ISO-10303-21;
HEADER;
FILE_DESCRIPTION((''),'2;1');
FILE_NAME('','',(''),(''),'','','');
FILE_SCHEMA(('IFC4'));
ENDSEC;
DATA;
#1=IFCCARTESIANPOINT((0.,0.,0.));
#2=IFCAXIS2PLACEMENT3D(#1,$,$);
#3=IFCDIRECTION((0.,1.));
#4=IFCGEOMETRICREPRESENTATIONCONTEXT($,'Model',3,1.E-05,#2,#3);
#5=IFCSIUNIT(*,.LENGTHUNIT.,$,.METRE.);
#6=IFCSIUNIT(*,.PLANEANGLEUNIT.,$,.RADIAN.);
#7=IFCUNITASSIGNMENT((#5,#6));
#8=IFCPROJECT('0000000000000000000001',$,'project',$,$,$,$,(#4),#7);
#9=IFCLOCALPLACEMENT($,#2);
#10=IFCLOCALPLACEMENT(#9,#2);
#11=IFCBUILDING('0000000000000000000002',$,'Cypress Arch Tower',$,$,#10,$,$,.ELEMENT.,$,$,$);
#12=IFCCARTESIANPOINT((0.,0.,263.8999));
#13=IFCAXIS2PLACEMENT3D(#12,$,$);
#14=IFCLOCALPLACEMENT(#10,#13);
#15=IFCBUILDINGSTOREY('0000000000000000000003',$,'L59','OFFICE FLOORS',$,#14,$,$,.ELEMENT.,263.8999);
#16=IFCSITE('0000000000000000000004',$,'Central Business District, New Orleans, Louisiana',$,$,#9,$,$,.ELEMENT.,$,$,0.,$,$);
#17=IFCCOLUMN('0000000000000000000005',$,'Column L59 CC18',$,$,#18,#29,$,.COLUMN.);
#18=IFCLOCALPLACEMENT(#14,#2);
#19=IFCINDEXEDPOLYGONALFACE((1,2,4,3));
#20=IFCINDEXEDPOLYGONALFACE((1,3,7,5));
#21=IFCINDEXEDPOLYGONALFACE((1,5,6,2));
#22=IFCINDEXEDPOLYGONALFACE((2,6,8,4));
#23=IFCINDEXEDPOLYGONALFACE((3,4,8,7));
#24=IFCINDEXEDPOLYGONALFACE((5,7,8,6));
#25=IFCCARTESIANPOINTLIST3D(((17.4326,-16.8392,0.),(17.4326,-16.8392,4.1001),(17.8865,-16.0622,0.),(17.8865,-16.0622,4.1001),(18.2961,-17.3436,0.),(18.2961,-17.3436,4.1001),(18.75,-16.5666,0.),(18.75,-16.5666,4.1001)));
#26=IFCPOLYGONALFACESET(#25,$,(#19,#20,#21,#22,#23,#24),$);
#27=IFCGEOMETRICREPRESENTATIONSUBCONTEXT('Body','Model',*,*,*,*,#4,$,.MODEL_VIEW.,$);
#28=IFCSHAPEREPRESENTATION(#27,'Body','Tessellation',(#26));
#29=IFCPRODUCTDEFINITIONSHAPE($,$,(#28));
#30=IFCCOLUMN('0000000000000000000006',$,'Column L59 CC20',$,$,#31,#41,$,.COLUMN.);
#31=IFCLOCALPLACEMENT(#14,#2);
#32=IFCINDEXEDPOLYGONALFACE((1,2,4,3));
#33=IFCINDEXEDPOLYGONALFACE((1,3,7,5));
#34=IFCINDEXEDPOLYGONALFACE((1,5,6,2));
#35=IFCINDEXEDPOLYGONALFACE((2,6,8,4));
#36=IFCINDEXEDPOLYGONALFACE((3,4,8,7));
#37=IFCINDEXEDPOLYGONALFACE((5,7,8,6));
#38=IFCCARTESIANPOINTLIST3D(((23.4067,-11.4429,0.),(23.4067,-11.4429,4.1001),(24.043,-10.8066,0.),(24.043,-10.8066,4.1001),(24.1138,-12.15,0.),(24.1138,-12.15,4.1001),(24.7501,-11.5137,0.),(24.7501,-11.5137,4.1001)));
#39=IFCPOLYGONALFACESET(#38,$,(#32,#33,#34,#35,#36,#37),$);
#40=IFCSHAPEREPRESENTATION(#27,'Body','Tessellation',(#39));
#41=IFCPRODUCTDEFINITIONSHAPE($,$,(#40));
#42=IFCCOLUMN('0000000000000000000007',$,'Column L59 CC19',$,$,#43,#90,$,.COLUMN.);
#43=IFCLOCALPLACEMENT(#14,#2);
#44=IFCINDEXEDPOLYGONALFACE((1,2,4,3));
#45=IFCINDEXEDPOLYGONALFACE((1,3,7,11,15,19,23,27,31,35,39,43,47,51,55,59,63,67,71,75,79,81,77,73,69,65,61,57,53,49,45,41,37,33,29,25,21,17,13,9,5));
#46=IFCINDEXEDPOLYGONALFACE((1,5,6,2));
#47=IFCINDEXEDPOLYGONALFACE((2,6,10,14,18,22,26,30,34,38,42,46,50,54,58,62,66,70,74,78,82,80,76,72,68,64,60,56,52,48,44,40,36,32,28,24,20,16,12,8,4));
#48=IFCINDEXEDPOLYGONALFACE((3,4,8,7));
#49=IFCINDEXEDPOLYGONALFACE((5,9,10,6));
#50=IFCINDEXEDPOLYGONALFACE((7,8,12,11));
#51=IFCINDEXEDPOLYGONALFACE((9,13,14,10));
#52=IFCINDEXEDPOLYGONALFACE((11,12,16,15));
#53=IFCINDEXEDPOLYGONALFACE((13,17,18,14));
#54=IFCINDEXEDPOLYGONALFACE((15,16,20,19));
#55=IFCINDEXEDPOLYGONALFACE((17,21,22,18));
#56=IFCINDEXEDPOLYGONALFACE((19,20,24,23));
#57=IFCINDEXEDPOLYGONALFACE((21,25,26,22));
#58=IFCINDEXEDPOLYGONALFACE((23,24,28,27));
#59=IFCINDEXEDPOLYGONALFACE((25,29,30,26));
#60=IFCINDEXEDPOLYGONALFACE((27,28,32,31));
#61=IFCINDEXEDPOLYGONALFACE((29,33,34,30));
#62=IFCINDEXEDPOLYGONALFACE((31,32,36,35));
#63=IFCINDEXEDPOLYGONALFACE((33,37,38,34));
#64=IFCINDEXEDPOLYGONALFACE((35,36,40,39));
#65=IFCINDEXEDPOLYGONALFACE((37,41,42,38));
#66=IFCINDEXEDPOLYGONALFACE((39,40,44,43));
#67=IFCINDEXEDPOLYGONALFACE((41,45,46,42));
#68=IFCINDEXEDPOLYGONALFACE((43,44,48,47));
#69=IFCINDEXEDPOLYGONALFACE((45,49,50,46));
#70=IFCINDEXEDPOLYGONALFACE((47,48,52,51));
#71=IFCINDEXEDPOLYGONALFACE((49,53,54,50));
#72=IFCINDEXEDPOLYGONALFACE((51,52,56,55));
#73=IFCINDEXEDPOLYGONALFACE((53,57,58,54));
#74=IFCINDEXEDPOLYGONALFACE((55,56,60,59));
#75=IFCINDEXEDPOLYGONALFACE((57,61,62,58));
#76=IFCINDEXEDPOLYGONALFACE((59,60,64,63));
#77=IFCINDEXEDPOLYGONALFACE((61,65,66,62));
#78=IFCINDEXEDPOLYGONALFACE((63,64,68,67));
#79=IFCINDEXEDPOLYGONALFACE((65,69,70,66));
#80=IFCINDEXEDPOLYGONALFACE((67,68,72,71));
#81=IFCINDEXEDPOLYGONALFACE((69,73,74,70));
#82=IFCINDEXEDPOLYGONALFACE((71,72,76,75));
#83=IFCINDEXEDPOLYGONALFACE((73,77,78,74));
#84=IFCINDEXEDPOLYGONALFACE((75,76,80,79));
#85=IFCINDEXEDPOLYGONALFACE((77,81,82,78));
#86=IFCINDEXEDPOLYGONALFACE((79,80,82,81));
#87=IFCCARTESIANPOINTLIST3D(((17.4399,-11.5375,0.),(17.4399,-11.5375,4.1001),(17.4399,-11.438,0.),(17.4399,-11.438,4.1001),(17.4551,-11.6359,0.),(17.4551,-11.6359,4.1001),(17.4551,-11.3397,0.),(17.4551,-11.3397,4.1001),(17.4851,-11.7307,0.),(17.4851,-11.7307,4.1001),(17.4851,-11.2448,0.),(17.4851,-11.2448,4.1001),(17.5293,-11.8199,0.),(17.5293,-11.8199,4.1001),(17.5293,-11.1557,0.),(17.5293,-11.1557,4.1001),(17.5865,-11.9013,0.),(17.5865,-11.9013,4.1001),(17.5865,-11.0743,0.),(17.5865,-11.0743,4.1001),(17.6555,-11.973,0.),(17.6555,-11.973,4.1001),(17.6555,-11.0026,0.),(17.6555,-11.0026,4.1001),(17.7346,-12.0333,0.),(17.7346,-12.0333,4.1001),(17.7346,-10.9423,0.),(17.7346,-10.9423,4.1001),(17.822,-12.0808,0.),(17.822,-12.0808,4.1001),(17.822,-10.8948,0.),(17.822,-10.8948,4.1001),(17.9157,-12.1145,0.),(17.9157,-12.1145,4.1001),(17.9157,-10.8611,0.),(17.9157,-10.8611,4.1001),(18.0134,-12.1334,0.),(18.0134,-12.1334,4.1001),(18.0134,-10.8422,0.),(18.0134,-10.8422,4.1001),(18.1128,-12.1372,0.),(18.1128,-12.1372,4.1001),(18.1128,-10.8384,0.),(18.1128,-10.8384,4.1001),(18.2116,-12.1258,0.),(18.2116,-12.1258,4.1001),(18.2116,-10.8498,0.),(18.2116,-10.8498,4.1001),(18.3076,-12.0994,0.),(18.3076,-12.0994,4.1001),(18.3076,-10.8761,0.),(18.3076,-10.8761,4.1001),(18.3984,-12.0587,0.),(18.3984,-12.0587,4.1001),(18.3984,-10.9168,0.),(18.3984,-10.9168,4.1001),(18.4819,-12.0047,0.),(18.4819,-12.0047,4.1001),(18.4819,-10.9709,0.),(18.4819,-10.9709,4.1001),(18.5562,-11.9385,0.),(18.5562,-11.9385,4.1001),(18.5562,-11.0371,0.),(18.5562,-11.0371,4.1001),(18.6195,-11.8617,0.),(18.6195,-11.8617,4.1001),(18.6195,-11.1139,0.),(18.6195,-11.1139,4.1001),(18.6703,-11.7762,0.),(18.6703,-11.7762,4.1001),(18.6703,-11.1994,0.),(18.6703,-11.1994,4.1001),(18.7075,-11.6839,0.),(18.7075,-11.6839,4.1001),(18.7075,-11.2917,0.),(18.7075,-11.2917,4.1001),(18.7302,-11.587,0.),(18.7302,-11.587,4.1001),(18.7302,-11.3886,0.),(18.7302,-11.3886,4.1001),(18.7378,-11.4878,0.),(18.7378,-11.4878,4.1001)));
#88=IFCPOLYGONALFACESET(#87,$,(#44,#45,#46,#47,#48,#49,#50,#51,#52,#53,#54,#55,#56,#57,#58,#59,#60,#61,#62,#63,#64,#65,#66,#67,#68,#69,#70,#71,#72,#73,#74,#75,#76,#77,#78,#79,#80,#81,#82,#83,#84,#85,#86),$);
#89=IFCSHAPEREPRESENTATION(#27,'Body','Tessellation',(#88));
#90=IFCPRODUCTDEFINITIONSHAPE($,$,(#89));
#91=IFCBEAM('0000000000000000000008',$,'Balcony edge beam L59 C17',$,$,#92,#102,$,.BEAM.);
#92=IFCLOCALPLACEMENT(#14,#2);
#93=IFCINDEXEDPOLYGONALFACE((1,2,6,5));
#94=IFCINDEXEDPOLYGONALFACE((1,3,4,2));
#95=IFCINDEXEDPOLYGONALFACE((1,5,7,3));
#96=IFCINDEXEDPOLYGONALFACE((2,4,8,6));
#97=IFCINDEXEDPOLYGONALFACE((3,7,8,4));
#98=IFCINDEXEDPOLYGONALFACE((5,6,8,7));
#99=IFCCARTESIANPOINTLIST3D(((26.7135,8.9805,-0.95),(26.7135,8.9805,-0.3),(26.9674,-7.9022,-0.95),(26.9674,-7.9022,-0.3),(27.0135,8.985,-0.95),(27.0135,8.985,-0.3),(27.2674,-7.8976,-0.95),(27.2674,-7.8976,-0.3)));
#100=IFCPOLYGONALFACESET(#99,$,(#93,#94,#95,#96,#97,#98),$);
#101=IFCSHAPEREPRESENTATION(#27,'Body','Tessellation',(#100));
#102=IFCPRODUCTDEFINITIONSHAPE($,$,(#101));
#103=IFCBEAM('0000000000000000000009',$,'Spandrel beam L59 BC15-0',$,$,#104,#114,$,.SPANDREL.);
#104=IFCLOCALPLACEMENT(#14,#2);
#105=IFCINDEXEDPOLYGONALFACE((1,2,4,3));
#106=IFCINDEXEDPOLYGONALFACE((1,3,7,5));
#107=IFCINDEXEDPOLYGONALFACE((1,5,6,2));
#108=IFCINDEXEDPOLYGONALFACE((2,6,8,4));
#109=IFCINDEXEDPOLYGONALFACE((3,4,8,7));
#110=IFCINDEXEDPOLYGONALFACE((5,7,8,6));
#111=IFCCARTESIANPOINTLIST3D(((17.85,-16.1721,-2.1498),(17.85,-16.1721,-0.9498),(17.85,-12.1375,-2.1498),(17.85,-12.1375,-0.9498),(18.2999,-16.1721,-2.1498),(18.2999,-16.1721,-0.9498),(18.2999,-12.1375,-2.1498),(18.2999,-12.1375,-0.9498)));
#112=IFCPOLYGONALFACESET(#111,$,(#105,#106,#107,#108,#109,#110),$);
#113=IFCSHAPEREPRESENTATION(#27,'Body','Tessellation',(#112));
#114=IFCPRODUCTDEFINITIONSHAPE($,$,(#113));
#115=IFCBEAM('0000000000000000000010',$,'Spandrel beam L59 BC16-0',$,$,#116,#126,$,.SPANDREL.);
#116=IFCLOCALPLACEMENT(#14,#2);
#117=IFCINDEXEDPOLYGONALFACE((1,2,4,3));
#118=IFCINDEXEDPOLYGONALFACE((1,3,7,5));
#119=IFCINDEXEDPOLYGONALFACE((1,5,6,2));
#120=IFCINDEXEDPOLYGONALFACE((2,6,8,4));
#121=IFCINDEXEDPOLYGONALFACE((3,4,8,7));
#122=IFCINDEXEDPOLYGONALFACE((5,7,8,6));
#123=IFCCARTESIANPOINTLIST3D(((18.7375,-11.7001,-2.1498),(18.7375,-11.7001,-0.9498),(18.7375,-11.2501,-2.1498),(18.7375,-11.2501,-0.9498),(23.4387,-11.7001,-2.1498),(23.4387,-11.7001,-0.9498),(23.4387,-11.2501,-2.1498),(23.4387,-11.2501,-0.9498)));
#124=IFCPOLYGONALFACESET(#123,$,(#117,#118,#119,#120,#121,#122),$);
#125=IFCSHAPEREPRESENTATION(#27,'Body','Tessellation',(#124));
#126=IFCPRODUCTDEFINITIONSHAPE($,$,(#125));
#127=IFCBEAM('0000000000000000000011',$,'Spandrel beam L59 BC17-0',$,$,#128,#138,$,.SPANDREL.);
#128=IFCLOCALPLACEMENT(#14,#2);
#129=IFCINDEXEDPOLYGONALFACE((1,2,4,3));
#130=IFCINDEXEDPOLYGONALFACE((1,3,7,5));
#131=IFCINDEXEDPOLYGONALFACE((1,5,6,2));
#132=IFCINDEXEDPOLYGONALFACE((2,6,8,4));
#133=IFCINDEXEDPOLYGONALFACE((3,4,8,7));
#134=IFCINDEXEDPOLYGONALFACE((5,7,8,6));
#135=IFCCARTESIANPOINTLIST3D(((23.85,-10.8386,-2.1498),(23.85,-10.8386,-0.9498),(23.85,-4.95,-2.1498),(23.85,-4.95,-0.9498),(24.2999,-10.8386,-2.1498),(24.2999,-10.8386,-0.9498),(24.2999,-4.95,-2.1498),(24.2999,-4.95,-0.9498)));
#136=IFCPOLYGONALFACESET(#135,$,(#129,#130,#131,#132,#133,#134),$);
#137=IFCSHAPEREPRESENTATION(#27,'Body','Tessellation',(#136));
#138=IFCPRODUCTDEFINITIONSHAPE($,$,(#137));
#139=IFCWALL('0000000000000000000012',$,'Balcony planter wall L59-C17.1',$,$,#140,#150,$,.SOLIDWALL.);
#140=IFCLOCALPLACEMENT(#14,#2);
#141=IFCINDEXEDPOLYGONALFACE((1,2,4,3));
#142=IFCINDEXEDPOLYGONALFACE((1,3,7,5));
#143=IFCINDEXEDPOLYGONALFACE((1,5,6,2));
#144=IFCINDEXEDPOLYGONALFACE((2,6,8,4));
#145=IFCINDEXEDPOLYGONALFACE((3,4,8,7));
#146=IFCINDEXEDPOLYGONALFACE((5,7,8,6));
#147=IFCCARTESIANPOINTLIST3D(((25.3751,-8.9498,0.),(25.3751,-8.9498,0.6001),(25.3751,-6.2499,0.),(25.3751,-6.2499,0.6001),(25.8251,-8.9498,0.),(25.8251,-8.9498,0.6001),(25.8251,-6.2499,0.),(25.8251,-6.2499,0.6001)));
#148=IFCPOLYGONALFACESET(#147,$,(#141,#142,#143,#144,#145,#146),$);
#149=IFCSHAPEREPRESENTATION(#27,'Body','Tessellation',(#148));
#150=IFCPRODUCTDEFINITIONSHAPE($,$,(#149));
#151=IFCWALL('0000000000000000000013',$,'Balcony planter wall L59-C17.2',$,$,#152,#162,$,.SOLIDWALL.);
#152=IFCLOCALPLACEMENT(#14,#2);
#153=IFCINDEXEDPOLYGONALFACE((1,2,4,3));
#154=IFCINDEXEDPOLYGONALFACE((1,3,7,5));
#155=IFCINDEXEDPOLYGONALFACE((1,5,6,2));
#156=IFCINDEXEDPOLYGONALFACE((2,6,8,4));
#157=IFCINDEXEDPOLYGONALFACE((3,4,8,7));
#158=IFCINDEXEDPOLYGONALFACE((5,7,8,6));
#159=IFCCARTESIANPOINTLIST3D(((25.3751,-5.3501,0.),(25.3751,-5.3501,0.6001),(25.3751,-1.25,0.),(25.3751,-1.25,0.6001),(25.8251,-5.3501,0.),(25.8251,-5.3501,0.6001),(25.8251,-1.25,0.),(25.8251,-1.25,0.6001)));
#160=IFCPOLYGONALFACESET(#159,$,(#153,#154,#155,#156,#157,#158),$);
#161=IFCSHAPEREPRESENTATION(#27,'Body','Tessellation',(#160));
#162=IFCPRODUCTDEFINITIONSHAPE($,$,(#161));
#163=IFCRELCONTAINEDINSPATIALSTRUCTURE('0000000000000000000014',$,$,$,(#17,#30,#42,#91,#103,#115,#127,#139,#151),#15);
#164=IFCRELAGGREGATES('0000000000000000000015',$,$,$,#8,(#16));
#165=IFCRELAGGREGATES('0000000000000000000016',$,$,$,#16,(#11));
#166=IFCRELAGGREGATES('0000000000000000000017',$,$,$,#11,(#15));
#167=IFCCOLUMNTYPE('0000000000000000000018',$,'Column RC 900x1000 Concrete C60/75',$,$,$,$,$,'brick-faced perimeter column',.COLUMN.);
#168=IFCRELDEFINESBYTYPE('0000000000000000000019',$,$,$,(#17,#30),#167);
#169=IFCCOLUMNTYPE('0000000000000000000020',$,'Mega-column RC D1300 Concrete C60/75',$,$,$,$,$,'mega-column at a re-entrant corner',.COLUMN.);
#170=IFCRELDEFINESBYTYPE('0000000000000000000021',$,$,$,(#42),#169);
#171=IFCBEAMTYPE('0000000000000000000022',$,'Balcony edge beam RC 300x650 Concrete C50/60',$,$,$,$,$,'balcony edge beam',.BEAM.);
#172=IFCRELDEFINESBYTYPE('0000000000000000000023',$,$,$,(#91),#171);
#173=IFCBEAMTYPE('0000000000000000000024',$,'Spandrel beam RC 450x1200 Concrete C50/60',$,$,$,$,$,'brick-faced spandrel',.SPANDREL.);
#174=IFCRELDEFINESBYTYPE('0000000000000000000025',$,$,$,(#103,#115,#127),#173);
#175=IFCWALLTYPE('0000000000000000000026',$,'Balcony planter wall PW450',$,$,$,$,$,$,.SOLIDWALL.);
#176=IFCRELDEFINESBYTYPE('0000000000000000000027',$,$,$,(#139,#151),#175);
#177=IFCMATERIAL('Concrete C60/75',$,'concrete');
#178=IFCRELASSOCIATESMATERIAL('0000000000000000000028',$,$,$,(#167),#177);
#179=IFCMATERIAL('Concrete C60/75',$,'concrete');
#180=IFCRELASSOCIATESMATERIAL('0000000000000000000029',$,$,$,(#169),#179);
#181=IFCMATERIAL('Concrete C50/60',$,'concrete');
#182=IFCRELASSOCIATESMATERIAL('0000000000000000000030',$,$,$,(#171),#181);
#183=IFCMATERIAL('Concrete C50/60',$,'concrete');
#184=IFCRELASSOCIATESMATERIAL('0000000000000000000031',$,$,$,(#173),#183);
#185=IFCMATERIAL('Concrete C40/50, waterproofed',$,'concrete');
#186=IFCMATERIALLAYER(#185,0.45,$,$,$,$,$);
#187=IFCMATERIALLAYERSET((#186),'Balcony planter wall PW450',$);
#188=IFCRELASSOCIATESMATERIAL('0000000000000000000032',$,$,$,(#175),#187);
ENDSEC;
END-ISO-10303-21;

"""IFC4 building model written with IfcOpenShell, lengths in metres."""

from ifc_helpers import new_model, si_unit, direction, frame, frame_2d, origin, origin_2d, place, context, subcontext, project, spatial, rectangle, circle, extrude, material, layer, layer_set, material_profile, profile_set, type_object, element, save


model = new_model("IFC4")

# Units and contexts
model_context = context("Model", 3, precision=1e-05, world=origin(), true_north=direction((0.0, 1.0)))
body_context = subcontext(model_context, "Body", "Model", "MODEL_VIEW")
ifc_project = project(units=[si_unit("LENGTHUNIT", "METRE"), si_unit("PLANEANGLEUNIT", "RADIAN")], contexts=[model_context])

# Site, building, storey
site_placement = place(None, origin())
site = spatial("IfcSite", under=ifc_project, at=site_placement, Name="Central Business District, New Orleans, Louisiana", CompositionType="ELEMENT", RefElevation=0.0)
building_placement = place(site_placement, origin())
building = spatial("IfcBuilding", under=site, at=building_placement, Name="Cypress Arch Tower", CompositionType="ELEMENT")
storey_placement = place(building_placement, frame((0.0, 0.0, 263.8999)))
storey = spatial("IfcBuildingStorey", under=building, at=storey_placement, Name="L59", Description="OFFICE FLOORS", CompositionType="ELEMENT", Elevation=263.8999)

# Columns
ifc_material_1 = material(Name="Concrete C60/75", Category="concrete")
ifc_material_profile_1 = material_profile(ifc_material_1, rectangle(XDim=0.8999, YDim=1.0, at=origin_2d()), Name="RC 900x1000")
ifc_profile_set_1 = profile_set([ifc_material_profile_1], Name="Concrete C60/75")
column_type_1 = type_object("IfcColumnType", Name="Column RC 900x1000 Concrete C60/75", ElementType="brick-faced perimeter column", PredefinedType="COLUMN", material=ifc_profile_set_1)
for number, where, z_axis, x_axis, name in (
    (1, (18.0913, -16.7029, 0.0), (0.0, 0.0, 1.0), (0.504399, 0.863471, 0.0), "Column L59 CC18"),
    (2, (24.0784, -11.4783, 0.0), (0.0, 0.0, 1.0), (0.707107, 0.707107, 0.0), "Column L59 CC20"),
):
    element("IfcColumn", number, at=place(storey_placement, frame(where, z_axis=z_axis, x_axis=x_axis)), inside=storey, type_object=column_type_1, Name=name, PredefinedType="COLUMN", context=body_context, shape_type="SweptSolid", body=[
        extrude(rectangle(XDim=0.8999, YDim=1.0, at=origin_2d()), origin(), (0.0, 0.0, 1.0), 4.1001),
    ])
ifc_material_2 = material(Name="Concrete C60/75", Category="concrete")
ifc_material_profile_2 = material_profile(ifc_material_2, circle(Radius=0.6499, at=origin_2d()), Name="RC D1300")
ifc_profile_set_2 = profile_set([ifc_material_profile_2], Name="Concrete C60/75")
column_type_2 = type_object("IfcColumnType", Name="Mega-column RC D1300 Concrete C60/75", ElementType="mega-column at a re-entrant corner", PredefinedType="COLUMN", material=ifc_profile_set_2)
column_placement = place(storey_placement, frame((18.0879, -11.4878, 0.0), z_axis=(0.0, 0.0, 1.0), x_axis=(1.0, 0.0, 0.0)))
element("IfcColumn", 3, at=column_placement, inside=storey, type_object=column_type_2, Name="Column L59 CC19", PredefinedType="COLUMN", context=body_context, shape_type="SweptSolid", body=[
    extrude(circle(Radius=0.6499, at=origin_2d()), origin(), (0.0, 0.0, 1.0), 4.1001),
])

# Beams
ifc_material_3 = material(Name="Concrete C50/60", Category="concrete")
ifc_material_profile_3 = material_profile(ifc_material_3, rectangle(XDim=0.3, YDim=0.6499, at=origin_2d()), Name="RC 300x650")
ifc_profile_set_3 = profile_set([ifc_material_profile_3], Name="Concrete C50/60")
beam_type_1 = type_object("IfcBeamType", Name="Balcony edge beam RC 300x650 Concrete C50/60", ElementType="balcony edge beam", PredefinedType="BEAM", material=ifc_profile_set_3)
beam_1_placement = place(storey_placement, frame((27.1174, -7.8999, -0.625), z_axis=(-0.015038, 0.999887, 0.0), x_axis=(-0.999887, -0.015038, 0.0)))
element("IfcBeam", 4, at=beam_1_placement, inside=storey, type_object=beam_type_1, Name="Balcony edge beam L59 C17", PredefinedType="BEAM", context=body_context, shape_type="SweptSolid", body=[
    extrude(rectangle(XDim=0.3, YDim=0.6499, at=origin_2d()), origin(), (0.0, 0.0, 1.0), 16.8845),
])
ifc_material_4 = material(Name="Concrete C50/60", Category="concrete")
ifc_material_profile_4 = material_profile(ifc_material_4, rectangle(XDim=0.45, YDim=1.2, at=origin_2d()), Name="RC 450x1200")
ifc_profile_set_4 = profile_set([ifc_material_profile_4], Name="Concrete C50/60")
beam_type_2 = type_object("IfcBeamType", Name="Spandrel beam RC 450x1200 Concrete C50/60", ElementType="brick-faced spandrel", PredefinedType="SPANDREL", material=ifc_profile_set_4)
beam_2_placement = place(storey_placement, frame((18.075, -16.1721, -1.5498), z_axis=(0.0, 1.0, 0.0), x_axis=(-1.0, 0.0, 0.0)))
element("IfcBeam", 5, at=beam_2_placement, inside=storey, type_object=beam_type_2, Name="Spandrel beam L59 BC15-0", PredefinedType="SPANDREL", context=body_context, shape_type="SweptSolid", body=[
    extrude(rectangle(XDim=0.45, YDim=1.2, at=origin_2d()), origin(), (0.0, 0.0, 1.0), 4.0347),
])
beam_3_placement = place(storey_placement, frame((18.7375, -11.4751, -1.5498), z_axis=(1.0, 0.0, 0.0), x_axis=(0.0, 1.0, 0.0)))
element("IfcBeam", 6, at=beam_3_placement, inside=storey, type_object=beam_type_2, Name="Spandrel beam L59 BC16-0", PredefinedType="SPANDREL", context=body_context, shape_type="SweptSolid", body=[
    extrude(rectangle(XDim=0.45, YDim=1.2, at=origin_2d()), origin(), (0.0, 0.0, 1.0), 4.7012),
])
beam_4_placement = place(storey_placement, frame((24.075, -10.8386, -1.5498), z_axis=(0.0, 1.0, 0.0), x_axis=(-1.0, 0.0, 0.0)))
element("IfcBeam", 7, at=beam_4_placement, inside=storey, type_object=beam_type_2, Name="Spandrel beam L59 BC17-0", PredefinedType="SPANDREL", context=body_context, shape_type="SweptSolid", body=[
    extrude(rectangle(XDim=0.45, YDim=1.2, at=origin_2d()), origin(), (0.0, 0.0, 1.0), 5.8887),
])

# Walls
ifc_material_5 = material(Name="Concrete C40/50, waterproofed", Category="concrete")
ifc_layer_1 = layer(ifc_material_5, 0.45)
ifc_layer_set_1 = layer_set([ifc_layer_1], Name="Balcony planter wall PW450")
wall_type_1 = type_object("IfcWallType", Name="Balcony planter wall PW450", PredefinedType="SOLIDWALL", material=ifc_layer_set_1)
wall_1_placement = place(storey_placement, frame((25.6001, -8.95, 0.0), z_axis=(0.0, 0.0, 1.0), x_axis=(0.0, 1.0, 0.0)))
element("IfcWall", 8, at=wall_1_placement, inside=storey, type_object=wall_type_1, Name="Balcony planter wall L59-C17.1", PredefinedType="SOLIDWALL", context=body_context, shape_type="SweptSolid", body=[
    extrude(rectangle(XDim=2.7, YDim=0.45, at=frame_2d((1.3501, 0.0))), origin(), (0.0, 0.0, 1.0), 0.6001),
])
wall_2_placement = place(storey_placement, frame((25.6001, -5.3501, 0.0), z_axis=(0.0, 0.0, 1.0), x_axis=(0.0, 1.0, 0.0)))
element("IfcWall", 9, at=wall_2_placement, inside=storey, type_object=wall_type_1, Name="Balcony planter wall L59-C17.2", PredefinedType="SOLIDWALL", context=body_context, shape_type="SweptSolid", body=[
    extrude(rectangle(XDim=4.1001, YDim=0.45, at=frame_2d((2.05, 0.0))), origin(), (0.0, 0.0, 1.0), 0.6001),
])

save(model, "model.ifc")
